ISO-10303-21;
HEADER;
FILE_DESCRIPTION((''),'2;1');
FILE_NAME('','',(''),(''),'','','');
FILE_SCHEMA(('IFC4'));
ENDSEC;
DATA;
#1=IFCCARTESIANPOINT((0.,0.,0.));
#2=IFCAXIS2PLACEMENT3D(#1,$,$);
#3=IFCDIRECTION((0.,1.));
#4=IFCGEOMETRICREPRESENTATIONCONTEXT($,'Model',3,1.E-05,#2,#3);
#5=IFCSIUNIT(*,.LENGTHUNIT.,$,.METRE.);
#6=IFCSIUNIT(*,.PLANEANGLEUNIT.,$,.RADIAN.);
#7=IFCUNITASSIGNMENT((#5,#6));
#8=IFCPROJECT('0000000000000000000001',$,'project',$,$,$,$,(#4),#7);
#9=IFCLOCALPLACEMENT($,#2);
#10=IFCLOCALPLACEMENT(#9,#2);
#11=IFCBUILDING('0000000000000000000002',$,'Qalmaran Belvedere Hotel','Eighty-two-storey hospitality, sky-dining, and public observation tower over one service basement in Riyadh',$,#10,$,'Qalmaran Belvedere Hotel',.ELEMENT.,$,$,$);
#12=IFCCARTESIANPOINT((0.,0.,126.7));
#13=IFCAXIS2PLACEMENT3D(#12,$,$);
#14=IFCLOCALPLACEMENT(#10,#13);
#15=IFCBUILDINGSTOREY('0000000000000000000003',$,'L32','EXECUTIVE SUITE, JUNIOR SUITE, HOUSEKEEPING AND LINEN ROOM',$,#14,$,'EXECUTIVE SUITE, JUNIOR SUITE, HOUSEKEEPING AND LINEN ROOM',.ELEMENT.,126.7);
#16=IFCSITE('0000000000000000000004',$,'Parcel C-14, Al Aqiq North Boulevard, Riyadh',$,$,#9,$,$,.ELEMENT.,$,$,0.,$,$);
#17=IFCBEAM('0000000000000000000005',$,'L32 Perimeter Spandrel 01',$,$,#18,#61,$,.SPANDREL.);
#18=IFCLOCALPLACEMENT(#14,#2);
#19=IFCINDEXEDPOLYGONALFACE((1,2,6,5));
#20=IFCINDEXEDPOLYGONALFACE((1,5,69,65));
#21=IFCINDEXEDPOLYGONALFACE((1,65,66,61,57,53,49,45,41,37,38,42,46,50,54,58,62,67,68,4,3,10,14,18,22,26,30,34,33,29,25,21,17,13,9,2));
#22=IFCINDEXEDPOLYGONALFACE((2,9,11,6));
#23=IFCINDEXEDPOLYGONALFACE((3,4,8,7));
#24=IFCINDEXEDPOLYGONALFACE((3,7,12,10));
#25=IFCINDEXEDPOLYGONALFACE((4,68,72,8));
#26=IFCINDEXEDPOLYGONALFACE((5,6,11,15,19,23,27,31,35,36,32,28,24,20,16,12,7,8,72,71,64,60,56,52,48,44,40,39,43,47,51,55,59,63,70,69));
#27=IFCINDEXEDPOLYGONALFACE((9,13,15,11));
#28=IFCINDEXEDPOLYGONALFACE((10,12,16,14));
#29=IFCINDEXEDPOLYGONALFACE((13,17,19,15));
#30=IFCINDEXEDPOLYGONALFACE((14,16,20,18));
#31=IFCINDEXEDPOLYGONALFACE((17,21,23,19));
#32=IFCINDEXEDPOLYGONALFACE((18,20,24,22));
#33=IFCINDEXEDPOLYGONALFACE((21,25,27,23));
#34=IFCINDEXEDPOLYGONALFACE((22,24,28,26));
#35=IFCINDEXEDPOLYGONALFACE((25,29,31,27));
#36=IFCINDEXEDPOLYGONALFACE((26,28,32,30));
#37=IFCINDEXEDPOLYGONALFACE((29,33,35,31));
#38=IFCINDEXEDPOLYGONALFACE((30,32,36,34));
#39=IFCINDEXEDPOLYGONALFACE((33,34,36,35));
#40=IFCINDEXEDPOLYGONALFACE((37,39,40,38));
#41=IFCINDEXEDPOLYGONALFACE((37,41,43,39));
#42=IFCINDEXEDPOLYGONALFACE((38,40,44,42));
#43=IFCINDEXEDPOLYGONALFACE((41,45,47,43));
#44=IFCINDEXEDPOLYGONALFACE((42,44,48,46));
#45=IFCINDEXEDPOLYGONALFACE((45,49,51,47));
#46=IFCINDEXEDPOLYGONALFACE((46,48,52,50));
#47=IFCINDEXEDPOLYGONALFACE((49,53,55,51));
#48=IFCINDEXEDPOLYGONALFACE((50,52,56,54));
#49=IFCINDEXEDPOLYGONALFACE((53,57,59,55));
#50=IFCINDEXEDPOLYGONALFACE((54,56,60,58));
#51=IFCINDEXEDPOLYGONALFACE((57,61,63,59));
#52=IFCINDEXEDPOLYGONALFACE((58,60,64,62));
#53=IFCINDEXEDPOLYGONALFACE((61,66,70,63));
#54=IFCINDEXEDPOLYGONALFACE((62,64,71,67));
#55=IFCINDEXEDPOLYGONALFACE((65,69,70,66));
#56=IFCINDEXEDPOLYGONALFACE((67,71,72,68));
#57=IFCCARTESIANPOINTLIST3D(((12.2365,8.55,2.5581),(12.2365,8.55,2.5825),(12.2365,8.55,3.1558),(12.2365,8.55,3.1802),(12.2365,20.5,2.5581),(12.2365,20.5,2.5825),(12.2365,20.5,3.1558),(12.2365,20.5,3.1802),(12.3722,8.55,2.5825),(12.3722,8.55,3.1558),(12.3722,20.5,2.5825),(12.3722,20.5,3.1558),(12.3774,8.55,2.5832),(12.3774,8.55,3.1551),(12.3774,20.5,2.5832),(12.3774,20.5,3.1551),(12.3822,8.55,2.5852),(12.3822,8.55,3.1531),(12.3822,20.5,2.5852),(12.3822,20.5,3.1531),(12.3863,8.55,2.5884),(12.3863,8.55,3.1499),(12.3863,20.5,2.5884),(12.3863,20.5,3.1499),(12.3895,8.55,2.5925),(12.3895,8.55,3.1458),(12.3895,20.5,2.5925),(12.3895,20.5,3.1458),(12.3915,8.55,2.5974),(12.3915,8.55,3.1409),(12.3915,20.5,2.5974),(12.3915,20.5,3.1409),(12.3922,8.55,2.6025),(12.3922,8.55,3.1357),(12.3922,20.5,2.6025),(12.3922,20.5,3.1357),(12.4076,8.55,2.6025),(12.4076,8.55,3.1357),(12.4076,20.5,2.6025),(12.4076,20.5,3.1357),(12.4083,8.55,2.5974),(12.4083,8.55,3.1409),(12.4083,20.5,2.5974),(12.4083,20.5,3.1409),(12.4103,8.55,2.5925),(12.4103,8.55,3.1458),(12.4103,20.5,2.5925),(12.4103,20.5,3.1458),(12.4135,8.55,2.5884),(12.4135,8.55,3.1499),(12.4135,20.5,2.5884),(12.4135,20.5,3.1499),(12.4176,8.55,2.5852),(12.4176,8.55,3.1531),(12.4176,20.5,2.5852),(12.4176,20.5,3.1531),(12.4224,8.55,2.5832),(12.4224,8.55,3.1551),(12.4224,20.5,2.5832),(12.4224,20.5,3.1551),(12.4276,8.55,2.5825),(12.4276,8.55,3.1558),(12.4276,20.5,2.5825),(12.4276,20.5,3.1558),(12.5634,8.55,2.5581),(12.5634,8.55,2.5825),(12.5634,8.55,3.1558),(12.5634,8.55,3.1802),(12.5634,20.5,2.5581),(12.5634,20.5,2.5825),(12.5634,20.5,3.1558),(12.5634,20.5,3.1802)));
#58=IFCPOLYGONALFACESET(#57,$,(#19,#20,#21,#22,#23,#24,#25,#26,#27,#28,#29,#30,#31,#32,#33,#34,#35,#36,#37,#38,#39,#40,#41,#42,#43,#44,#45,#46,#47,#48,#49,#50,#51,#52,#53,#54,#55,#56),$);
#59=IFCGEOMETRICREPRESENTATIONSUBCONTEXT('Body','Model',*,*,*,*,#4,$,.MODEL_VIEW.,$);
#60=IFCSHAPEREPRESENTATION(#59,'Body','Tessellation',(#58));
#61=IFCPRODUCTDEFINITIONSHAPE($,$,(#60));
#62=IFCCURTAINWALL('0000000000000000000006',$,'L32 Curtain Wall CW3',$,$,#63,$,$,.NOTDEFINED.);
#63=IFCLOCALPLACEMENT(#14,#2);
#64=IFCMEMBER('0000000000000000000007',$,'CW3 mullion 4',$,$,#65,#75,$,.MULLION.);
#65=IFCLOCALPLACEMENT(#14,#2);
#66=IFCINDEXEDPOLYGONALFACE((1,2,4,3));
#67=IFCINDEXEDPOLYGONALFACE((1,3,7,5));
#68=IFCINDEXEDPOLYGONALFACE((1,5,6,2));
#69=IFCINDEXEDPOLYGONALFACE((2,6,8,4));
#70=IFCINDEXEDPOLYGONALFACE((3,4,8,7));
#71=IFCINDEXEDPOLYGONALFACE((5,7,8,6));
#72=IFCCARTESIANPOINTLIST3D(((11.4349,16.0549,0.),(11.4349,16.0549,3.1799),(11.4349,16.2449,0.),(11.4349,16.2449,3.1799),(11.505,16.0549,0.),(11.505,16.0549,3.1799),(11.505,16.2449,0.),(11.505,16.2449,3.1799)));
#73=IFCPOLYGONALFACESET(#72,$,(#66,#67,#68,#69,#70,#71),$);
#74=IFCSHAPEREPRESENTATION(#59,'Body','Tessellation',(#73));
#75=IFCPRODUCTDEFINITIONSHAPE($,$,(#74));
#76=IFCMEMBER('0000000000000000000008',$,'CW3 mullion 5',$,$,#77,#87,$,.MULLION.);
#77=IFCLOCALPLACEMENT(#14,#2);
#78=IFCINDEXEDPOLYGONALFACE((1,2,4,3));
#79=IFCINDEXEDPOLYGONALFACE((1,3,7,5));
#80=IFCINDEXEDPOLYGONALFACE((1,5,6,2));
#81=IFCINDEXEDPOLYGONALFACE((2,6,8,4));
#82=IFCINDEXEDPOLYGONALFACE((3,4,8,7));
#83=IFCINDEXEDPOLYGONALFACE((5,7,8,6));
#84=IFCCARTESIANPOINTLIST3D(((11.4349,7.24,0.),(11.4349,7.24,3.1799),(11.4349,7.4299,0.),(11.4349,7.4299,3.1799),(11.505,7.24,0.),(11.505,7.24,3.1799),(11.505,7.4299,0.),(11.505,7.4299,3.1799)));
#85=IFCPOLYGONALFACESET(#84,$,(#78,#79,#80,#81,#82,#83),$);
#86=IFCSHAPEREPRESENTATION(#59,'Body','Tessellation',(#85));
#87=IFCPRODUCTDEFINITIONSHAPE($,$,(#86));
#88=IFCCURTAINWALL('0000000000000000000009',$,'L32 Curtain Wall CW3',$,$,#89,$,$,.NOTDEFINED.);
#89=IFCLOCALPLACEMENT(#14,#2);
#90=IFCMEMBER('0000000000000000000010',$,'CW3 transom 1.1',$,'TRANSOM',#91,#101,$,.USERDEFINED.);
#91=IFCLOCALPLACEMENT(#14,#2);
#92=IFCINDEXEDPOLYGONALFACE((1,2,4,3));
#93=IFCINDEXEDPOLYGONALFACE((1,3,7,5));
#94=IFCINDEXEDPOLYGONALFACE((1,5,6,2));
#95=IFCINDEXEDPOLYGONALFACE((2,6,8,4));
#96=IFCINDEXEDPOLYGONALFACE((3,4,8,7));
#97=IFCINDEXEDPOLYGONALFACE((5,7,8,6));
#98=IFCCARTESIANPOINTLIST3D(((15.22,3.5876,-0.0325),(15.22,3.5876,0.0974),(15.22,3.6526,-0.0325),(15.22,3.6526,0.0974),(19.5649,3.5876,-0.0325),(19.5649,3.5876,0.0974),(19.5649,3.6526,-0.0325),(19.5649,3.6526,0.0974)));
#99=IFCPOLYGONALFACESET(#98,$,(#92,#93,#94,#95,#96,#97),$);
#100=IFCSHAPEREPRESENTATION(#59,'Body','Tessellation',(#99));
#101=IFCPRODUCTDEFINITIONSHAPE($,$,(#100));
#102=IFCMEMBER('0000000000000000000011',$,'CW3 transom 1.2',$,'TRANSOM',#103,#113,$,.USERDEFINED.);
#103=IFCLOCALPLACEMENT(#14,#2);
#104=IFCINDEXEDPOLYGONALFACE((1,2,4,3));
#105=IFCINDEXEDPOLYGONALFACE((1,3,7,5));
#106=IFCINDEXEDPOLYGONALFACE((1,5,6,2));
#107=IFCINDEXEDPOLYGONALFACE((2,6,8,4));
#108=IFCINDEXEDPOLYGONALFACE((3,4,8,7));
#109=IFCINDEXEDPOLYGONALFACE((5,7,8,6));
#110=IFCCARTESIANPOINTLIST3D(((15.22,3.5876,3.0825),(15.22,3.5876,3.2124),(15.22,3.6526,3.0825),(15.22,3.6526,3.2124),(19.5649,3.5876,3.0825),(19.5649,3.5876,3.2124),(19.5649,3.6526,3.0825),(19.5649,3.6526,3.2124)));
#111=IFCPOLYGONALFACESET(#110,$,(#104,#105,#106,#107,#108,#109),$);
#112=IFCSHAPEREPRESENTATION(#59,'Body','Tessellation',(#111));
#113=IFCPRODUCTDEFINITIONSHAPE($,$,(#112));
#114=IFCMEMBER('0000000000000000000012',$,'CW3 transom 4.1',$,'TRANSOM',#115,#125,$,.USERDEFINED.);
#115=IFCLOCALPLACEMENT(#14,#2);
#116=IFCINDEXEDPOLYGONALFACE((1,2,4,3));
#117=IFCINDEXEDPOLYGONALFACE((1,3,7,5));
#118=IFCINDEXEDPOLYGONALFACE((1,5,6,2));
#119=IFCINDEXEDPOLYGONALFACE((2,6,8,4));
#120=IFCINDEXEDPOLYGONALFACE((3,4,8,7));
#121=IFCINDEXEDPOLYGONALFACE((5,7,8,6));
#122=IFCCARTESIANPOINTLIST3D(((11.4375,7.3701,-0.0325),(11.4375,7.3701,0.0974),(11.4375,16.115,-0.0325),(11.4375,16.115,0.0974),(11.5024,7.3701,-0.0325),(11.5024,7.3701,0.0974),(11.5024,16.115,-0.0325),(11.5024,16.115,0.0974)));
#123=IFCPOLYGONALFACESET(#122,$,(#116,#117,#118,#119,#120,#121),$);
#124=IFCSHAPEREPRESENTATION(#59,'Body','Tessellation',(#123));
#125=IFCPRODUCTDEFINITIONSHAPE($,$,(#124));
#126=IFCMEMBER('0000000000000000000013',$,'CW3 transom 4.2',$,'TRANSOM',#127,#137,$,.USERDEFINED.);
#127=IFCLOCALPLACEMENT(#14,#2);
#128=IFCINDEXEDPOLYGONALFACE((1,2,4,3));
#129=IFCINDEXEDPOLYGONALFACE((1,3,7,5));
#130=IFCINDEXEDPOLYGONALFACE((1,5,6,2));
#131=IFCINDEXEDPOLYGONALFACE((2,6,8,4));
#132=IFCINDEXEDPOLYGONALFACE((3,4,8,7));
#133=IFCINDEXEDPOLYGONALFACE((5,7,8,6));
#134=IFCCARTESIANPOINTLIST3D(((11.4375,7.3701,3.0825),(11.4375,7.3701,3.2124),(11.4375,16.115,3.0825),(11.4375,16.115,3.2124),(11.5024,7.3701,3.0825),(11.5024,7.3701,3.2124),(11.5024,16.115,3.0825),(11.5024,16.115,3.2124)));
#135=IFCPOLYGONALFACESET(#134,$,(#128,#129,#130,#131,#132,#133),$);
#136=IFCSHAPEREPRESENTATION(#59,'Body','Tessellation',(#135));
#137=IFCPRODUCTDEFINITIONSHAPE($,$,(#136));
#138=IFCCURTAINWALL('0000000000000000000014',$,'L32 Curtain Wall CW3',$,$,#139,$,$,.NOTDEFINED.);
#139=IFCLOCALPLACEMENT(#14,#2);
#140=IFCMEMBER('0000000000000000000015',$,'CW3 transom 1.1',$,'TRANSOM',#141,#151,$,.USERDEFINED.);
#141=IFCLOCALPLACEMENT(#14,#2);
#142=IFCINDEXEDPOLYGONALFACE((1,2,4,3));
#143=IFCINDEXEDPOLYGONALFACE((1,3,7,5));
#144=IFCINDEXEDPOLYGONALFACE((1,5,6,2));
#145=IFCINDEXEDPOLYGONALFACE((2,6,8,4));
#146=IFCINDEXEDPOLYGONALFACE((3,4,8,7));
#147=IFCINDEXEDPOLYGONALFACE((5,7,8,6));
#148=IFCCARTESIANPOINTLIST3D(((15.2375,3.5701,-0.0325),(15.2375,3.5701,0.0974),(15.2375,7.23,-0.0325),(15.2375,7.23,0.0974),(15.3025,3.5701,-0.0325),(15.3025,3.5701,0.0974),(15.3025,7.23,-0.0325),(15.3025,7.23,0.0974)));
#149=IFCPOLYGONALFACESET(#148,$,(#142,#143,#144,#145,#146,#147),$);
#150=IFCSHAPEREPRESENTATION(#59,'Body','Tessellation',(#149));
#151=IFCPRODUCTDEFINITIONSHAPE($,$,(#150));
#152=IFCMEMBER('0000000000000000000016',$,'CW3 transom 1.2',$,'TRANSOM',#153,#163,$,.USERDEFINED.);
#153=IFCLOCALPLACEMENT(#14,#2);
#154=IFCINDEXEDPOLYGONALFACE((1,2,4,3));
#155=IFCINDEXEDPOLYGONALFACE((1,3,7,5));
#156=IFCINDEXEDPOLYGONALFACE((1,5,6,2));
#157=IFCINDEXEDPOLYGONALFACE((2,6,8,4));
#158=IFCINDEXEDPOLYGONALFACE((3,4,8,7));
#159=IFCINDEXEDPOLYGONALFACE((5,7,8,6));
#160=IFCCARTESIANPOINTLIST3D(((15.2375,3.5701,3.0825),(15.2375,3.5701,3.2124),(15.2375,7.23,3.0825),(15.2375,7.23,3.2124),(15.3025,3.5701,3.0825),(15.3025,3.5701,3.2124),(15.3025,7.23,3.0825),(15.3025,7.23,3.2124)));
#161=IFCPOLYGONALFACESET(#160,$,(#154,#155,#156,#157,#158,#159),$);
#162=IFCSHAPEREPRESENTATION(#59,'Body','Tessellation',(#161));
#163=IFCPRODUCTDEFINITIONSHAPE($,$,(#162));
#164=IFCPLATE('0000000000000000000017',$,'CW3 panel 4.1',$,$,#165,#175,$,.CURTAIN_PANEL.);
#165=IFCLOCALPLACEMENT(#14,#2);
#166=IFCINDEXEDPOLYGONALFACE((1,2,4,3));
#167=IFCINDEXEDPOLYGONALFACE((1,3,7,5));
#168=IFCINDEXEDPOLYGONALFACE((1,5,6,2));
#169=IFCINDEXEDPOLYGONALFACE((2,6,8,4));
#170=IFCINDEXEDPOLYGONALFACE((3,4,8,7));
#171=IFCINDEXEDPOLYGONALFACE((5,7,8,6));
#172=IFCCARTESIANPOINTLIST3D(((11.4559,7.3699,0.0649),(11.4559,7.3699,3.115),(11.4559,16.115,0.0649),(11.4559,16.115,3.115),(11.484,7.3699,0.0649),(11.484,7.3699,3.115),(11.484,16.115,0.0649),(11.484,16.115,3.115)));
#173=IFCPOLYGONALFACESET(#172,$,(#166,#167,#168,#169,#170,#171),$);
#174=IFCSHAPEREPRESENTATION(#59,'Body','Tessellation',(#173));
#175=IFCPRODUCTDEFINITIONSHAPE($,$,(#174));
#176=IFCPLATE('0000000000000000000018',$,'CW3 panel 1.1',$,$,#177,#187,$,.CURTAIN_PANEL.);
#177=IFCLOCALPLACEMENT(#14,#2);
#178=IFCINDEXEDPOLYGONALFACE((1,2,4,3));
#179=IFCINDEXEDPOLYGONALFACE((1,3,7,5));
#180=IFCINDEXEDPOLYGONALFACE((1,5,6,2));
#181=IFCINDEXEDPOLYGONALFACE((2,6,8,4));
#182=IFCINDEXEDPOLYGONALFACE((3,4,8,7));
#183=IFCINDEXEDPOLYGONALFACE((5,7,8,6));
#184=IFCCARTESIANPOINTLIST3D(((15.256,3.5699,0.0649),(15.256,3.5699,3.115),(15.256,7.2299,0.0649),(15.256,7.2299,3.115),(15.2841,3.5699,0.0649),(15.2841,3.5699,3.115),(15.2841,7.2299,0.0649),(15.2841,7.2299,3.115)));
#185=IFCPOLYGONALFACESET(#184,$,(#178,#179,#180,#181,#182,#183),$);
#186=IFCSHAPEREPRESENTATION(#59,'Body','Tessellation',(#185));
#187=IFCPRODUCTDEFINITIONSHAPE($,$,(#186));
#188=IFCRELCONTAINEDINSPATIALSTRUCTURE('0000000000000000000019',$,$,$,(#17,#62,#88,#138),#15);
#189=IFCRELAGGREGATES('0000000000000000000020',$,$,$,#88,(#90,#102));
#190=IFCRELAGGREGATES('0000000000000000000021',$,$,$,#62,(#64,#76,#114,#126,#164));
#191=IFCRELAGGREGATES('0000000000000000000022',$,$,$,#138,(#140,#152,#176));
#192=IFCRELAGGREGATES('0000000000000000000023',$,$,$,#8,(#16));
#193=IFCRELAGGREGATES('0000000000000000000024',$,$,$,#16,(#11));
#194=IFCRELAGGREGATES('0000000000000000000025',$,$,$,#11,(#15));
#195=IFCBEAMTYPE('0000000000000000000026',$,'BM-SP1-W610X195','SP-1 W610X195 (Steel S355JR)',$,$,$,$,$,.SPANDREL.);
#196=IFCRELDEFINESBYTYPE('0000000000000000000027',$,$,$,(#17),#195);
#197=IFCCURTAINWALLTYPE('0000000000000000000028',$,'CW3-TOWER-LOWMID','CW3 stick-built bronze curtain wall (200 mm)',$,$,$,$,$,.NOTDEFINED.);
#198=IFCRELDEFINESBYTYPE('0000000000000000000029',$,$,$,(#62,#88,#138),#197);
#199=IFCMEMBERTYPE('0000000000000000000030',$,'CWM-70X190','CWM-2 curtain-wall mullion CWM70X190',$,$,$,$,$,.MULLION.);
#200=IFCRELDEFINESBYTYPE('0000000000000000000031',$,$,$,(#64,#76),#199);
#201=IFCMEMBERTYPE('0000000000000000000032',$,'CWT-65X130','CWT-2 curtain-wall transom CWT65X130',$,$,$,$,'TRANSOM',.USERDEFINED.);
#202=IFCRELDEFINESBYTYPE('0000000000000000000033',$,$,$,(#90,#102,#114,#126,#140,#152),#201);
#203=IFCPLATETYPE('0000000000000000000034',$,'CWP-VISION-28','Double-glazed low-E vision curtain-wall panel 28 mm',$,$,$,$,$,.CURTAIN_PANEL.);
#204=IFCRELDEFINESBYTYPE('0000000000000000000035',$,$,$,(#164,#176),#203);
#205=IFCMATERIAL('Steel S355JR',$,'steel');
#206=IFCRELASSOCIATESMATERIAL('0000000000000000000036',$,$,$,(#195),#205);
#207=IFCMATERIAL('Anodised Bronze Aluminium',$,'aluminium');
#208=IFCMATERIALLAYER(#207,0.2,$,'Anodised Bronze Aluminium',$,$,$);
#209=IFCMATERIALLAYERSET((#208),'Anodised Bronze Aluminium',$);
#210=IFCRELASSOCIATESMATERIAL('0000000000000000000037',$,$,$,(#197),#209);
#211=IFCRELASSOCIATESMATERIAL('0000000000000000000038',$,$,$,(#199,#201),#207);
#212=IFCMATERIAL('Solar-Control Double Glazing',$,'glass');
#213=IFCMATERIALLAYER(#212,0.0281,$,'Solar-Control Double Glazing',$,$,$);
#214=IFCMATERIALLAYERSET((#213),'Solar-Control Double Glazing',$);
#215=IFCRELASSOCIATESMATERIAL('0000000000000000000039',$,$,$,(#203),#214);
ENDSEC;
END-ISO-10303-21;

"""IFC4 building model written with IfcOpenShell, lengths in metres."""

from ifc_helpers import new_model, si_unit, direction, frame, origin, origin_2d, place, context, subcontext, project, spatial, rectangle, i_section, extrude, material, layer, layer_set, material_profile, profile_set, type_object, element, aggregate, save


model = new_model("IFC4")

# Units and contexts
model_context = context("Model", 3, precision=1e-05, world=origin(), true_north=direction((0.0, 1.0)))
body_context = subcontext(model_context, "Body", "Model", "MODEL_VIEW")
ifc_project = project(units=[si_unit("LENGTHUNIT", "METRE"), si_unit("PLANEANGLEUNIT", "RADIAN")], contexts=[model_context])

# Site, building, storey
site_placement = place(None, origin())
site = spatial("IfcSite", under=ifc_project, at=site_placement, Name="Parcel C-14, Al Aqiq North Boulevard, Riyadh", CompositionType="ELEMENT", RefElevation=0.0)
building_placement = place(site_placement, origin())
building = spatial("IfcBuilding", under=site, at=building_placement, Name="Qalmaran Belvedere Hotel", Description="Eighty-two-storey hospitality, sky-dining, and public observation tower over one service basement in Riyadh", LongName="Qalmaran Belvedere Hotel", CompositionType="ELEMENT")
storey_placement = place(building_placement, frame((0.0, 0.0, 126.7)))
storey = spatial("IfcBuildingStorey", under=building, at=storey_placement, Name="L32", Description="EXECUTIVE SUITE, JUNIOR SUITE, HOUSEKEEPING AND LINEN ROOM", LongName="EXECUTIVE SUITE, JUNIOR SUITE, HOUSEKEEPING AND LINEN ROOM", CompositionType="ELEMENT", Elevation=126.7)

# Beam
ifc_material_1 = material(Name="Steel S355JR", Category="steel")
ifc_material_profile_1 = material_profile(ifc_material_1, i_section(OverallWidth=0.3269, OverallDepth=0.6221, WebThickness=0.0154, FlangeThickness=0.0244, FilletRadius=0.02, at=origin_2d()), Name="W610X195")
ifc_profile_set_1 = profile_set([ifc_material_profile_1], Name="Steel S355JR")
beam_type_1 = type_object("IfcBeamType", Name="BM-SP1-W610X195", Description="SP-1 W610X195 (Steel S355JR)", PredefinedType="SPANDREL", material=ifc_profile_set_1)
beam_1_placement = place(storey_placement, frame((12.3999, 8.55, 2.8691), z_axis=(0.0, 1.0, 0.0), x_axis=(-1.0, 0.0, 0.0)))
element("IfcBeam", 1, at=beam_1_placement, inside=storey, type_object=beam_type_1, Name="L32 Perimeter Spandrel 01", PredefinedType="SPANDREL", context=body_context, shape_type="SweptSolid", body=[
    extrude(i_section(OverallWidth=0.3269, OverallDepth=0.6221, WebThickness=0.0154, FlangeThickness=0.0244, FilletRadius=0.02, at=origin_2d()), origin(), (0.0, 0.0, 1.0), 11.95),
])

# Curtain walls, members
ifc_material_2 = material(Name="Anodised Bronze Aluminium", Category="aluminium")
ifc_layer_1 = layer(ifc_material_2, 0.2, Name="Anodised Bronze Aluminium")
ifc_layer_set_1 = layer_set([ifc_layer_1], Name="Anodised Bronze Aluminium")
curtain_wall_type = type_object("IfcCurtainWallType", Name="CW3-TOWER-LOWMID", Description="CW3 stick-built bronze curtain wall (200 mm)", PredefinedType="NOTDEFINED", material=ifc_layer_set_1)
curtain_wall_1_placement = place(storey_placement, origin())
curtain_wall_1 = element("IfcCurtainWall", 2, at=curtain_wall_1_placement, inside=storey, type_object=curtain_wall_type, Name="L32 Curtain Wall CW3", PredefinedType="NOTDEFINED")
ifc_material_profile_2 = material_profile(ifc_material_2, rectangle(XDim=0.0701, YDim=0.1899, at=origin_2d()), Name="CWM70X190")
ifc_profile_set_2 = profile_set([ifc_material_profile_2], Name="Anodised Bronze Aluminium")
member_type_1 = type_object("IfcMemberType", Name="CWM-70X190", Description="CWM-2 curtain-wall mullion CWM70X190", PredefinedType="MULLION", material=ifc_profile_set_2)
member_1_placement = place(storey_placement, frame((11.47, 16.1499, 0.0), z_axis=(0.0, 0.0, 1.0), x_axis=(1.0, 0.0, 0.0)))
member_1 = element("IfcMember", 3, at=member_1_placement, type_object=member_type_1, Name="CW3 mullion 4", PredefinedType="MULLION", context=body_context, shape_type="SweptSolid", body=[
    extrude(rectangle(XDim=0.0701, YDim=0.1899, at=origin_2d()), origin(), (0.0, 0.0, 1.0), 3.1799),
])
member_2_placement = place(storey_placement, frame((11.47, 7.335, 0.0), z_axis=(0.0, 0.0, 1.0), x_axis=(1.0, 0.0, 0.0)))
member_2 = element("IfcMember", 4, at=member_2_placement, type_object=member_type_1, Name="CW3 mullion 5", PredefinedType="MULLION", context=body_context, shape_type="SweptSolid", body=[
    extrude(rectangle(XDim=0.0701, YDim=0.1899, at=origin_2d()), origin(), (0.0, 0.0, 1.0), 3.1799),
])
curtain_wall_2_placement = place(storey_placement, origin())
curtain_wall_2 = element("IfcCurtainWall", 5, at=curtain_wall_2_placement, inside=storey, type_object=curtain_wall_type, Name="L32 Curtain Wall CW3", PredefinedType="NOTDEFINED")
ifc_material_profile_3 = material_profile(ifc_material_2, rectangle(XDim=0.0649, YDim=0.1299, at=origin_2d()), Name="CWT65X130")
ifc_profile_set_3 = profile_set([ifc_material_profile_3], Name="Anodised Bronze Aluminium")
member_type_2 = type_object("IfcMemberType", Name="CWT-65X130", Description="CWT-2 curtain-wall transom CWT65X130", ElementType="TRANSOM", PredefinedType="USERDEFINED", material=ifc_profile_set_3)
member_3_placement = place(storey_placement, frame((15.22, 3.6201, 0.0325), z_axis=(1.0, 0.0, 0.0), x_axis=(0.0, 1.0, 0.0)))
member_3 = element("IfcMember", 6, at=member_3_placement, type_object=member_type_2, Name="CW3 transom 1.1", ObjectType="TRANSOM", PredefinedType="USERDEFINED", context=body_context, shape_type="SweptSolid", body=[
    extrude(rectangle(XDim=0.0649, YDim=0.1299, at=origin_2d()), origin(), (0.0, 0.0, 1.0), 4.345),
])
member_4_placement = place(storey_placement, frame((15.22, 3.6201, 3.1475), z_axis=(1.0, 0.0, 0.0), x_axis=(0.0, 1.0, 0.0)))
member_4 = element("IfcMember", 7, at=member_4_placement, type_object=member_type_2, Name="CW3 transom 1.2", ObjectType="TRANSOM", PredefinedType="USERDEFINED", context=body_context, shape_type="SweptSolid", body=[
    extrude(rectangle(XDim=0.0649, YDim=0.1299, at=origin_2d()), origin(), (0.0, 0.0, 1.0), 4.345),
])
aggregate(curtain_wall_2, [member_3, member_4])

# Members
member_5_placement = place(storey_placement, frame((11.47, 16.115, 0.0325), z_axis=(0.0, -1.0, 0.0), x_axis=(1.0, 0.0, 0.0)))
member_5 = element("IfcMember", 8, at=member_5_placement, type_object=member_type_2, Name="CW3 transom 4.1", ObjectType="TRANSOM", PredefinedType="USERDEFINED", context=body_context, shape_type="SweptSolid", body=[
    extrude(rectangle(XDim=0.0649, YDim=0.1299, at=origin_2d()), origin(), (0.0, 0.0, 1.0), 8.7449),
])
member_6_placement = place(storey_placement, frame((11.47, 16.115, 3.1475), z_axis=(0.0, -1.0, 0.0), x_axis=(1.0, 0.0, 0.0)))
member_6 = element("IfcMember", 9, at=member_6_placement, type_object=member_type_2, Name="CW3 transom 4.2", ObjectType="TRANSOM", PredefinedType="USERDEFINED", context=body_context, shape_type="SweptSolid", body=[
    extrude(rectangle(XDim=0.0649, YDim=0.1299, at=origin_2d()), origin(), (0.0, 0.0, 1.0), 8.7449),
])

# Curtain wall, members
curtain_wall_3_placement = place(storey_placement, origin())
curtain_wall_3 = element("IfcCurtainWall", 10, at=curtain_wall_3_placement, inside=storey, type_object=curtain_wall_type, Name="L32 Curtain Wall CW3", PredefinedType="NOTDEFINED")
member_7_placement = place(storey_placement, frame((15.27, 7.23, 0.0325), z_axis=(0.0, -1.0, 0.0), x_axis=(1.0, 0.0, 0.0)))
member_7 = element("IfcMember", 11, at=member_7_placement, type_object=member_type_2, Name="CW3 transom 1.1", ObjectType="TRANSOM", PredefinedType="USERDEFINED", context=body_context, shape_type="SweptSolid", body=[
    extrude(rectangle(XDim=0.0649, YDim=0.1299, at=origin_2d()), origin(), (0.0, 0.0, 1.0), 3.6599),
])
member_8_placement = place(storey_placement, frame((15.27, 7.23, 3.1475), z_axis=(0.0, -1.0, 0.0), x_axis=(1.0, 0.0, 0.0)))
member_8 = element("IfcMember", 12, at=member_8_placement, type_object=member_type_2, Name="CW3 transom 1.2", ObjectType="TRANSOM", PredefinedType="USERDEFINED", context=body_context, shape_type="SweptSolid", body=[
    extrude(rectangle(XDim=0.0649, YDim=0.1299, at=origin_2d()), origin(), (0.0, 0.0, 1.0), 3.6599),
])

# Plates
ifc_material_3 = material(Name="Solar-Control Double Glazing", Category="glass")
ifc_layer_2 = layer(ifc_material_3, 0.0281, Name="Solar-Control Double Glazing")
ifc_layer_set_2 = layer_set([ifc_layer_2], Name="Solar-Control Double Glazing")
plate_type = type_object("IfcPlateType", Name="CWP-VISION-28", Description="Double-glazed low-E vision curtain-wall panel 28 mm", PredefinedType="CURTAIN_PANEL", material=ifc_layer_set_2)
plate_1_placement = place(storey_placement, frame((11.47, 11.7424, 0.0649), z_axis=(0.0, 0.0, 1.0), x_axis=(0.0, -1.0, 0.0)))
plate_1 = element("IfcPlate", 13, at=plate_1_placement, type_object=plate_type, Name="CW3 panel 4.1", PredefinedType="CURTAIN_PANEL", context=body_context, shape_type="SweptSolid", body=[
    extrude(rectangle(XDim=8.7451, YDim=0.0281, at=origin_2d()), origin(), (0.0, 0.0, 1.0), 3.05),
])
aggregate(curtain_wall_1, [member_1, member_2, member_5, member_6, plate_1])
plate_2_placement = place(storey_placement, frame((15.27, 5.3999, 0.0649), z_axis=(0.0, 0.0, 1.0), x_axis=(0.0, -1.0, 0.0)))
plate_2 = element("IfcPlate", 14, at=plate_2_placement, type_object=plate_type, Name="CW3 panel 1.1", PredefinedType="CURTAIN_PANEL", context=body_context, shape_type="SweptSolid", body=[
    extrude(rectangle(XDim=3.6599, YDim=0.0281, at=origin_2d()), origin(), (0.0, 0.0, 1.0), 3.05),
])
aggregate(curtain_wall_3, [member_7, member_8, plate_2])

save(model, "model.ifc")
